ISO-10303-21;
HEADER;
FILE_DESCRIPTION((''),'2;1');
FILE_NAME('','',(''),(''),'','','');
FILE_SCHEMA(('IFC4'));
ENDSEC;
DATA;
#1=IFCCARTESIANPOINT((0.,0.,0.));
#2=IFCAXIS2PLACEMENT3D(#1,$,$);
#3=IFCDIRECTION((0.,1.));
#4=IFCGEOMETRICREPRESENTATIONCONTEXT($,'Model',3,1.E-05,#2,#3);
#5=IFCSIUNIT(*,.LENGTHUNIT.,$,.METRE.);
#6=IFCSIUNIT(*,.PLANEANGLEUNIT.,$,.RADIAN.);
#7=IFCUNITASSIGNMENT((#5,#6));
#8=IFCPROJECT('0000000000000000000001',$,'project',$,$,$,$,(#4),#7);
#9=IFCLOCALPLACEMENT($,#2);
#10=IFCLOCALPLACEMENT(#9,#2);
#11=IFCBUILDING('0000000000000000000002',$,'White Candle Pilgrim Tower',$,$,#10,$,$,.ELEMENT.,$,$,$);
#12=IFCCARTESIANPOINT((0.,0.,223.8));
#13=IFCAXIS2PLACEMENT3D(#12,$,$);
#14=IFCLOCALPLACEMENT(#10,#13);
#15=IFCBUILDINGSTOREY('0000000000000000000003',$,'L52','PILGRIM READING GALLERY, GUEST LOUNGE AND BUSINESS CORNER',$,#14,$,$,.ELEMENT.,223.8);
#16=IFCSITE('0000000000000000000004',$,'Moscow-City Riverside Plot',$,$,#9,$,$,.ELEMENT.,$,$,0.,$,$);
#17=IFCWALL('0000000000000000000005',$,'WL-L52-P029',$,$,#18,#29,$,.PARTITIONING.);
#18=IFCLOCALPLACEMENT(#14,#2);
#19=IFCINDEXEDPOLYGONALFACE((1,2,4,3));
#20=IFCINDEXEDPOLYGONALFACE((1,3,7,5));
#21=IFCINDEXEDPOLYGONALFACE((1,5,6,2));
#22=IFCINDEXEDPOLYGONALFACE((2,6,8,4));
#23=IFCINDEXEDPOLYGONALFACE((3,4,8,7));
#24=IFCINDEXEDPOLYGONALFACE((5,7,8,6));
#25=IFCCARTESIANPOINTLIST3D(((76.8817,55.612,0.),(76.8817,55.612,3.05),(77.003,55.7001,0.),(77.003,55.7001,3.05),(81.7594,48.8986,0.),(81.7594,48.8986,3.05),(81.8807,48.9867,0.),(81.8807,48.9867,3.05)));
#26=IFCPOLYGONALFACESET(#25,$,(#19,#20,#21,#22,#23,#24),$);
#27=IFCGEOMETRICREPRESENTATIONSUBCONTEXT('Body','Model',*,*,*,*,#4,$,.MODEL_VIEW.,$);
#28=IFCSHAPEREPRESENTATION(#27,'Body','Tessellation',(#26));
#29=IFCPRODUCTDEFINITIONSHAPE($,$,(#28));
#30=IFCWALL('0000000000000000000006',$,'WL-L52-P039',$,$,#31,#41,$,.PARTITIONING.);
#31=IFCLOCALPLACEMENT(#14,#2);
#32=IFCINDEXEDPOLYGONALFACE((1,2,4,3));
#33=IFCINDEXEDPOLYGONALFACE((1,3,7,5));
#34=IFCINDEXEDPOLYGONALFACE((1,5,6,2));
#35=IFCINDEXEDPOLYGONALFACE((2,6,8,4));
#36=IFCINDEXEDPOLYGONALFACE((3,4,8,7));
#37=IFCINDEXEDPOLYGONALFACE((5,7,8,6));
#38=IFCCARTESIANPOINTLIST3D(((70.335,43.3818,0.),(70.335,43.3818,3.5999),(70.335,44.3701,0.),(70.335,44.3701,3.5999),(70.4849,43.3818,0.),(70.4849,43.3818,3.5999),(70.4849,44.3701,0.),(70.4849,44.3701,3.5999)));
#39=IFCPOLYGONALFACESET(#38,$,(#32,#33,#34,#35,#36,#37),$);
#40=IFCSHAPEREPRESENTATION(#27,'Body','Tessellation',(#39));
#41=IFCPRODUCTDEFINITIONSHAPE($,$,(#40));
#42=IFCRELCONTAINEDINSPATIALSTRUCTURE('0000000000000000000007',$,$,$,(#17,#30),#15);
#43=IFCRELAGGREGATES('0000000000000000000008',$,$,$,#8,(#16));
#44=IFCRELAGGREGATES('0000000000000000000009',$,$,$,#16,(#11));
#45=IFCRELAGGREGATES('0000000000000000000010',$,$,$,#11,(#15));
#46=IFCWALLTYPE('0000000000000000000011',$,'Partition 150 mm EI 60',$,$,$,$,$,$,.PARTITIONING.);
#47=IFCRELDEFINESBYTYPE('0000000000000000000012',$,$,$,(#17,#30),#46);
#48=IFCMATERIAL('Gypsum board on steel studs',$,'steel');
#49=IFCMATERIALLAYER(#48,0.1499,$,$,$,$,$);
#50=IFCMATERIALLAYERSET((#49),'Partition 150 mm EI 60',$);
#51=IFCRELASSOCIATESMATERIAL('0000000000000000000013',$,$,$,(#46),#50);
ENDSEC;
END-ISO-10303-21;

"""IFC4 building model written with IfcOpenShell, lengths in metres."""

from ifc_helpers import new_model, si_unit, direction, frame, frame_2d, origin, place, context, subcontext, project, spatial, rectangle, extrude, material, layer, layer_set, type_object, element, save


model = new_model("IFC4")

# Units and contexts
model_context = context("Model", 3, precision=1e-05, world=origin(), true_north=direction((0.0, 1.0)))
body_context = subcontext(model_context, "Body", "Model", "MODEL_VIEW")
ifc_project = project(units=[si_unit("LENGTHUNIT", "METRE"), si_unit("PLANEANGLEUNIT", "RADIAN")], contexts=[model_context])

# Site, building, storey
site_placement = place(None, origin())
site = spatial("IfcSite", under=ifc_project, at=site_placement, Name="Moscow-City Riverside Plot", CompositionType="ELEMENT", RefElevation=0.0)
building_placement = place(site_placement, origin())
building = spatial("IfcBuilding", under=site, at=building_placement, Name="White Candle Pilgrim Tower", CompositionType="ELEMENT")
storey_placement = place(building_placement, frame((0.0, 0.0, 223.8)))
storey = spatial("IfcBuildingStorey", under=building, at=storey_placement, Name="L52", Description="PILGRIM READING GALLERY, GUEST LOUNGE AND BUSINESS CORNER", CompositionType="ELEMENT", Elevation=223.8)

# Shared definitions
ifc_material_1 = material(Name="Gypsum board on steel studs", Category="steel")

# Walls
ifc_layer_1 = layer(ifc_material_1, 0.1499)
ifc_layer_set_1 = layer_set([ifc_layer_1], Name="Partition 150 mm EI 60")
wall_type_1 = type_object("IfcWallType", Name="Partition 150 mm EI 60", PredefinedType="PARTITIONING", material=ifc_layer_set_1)
wall_1_placement = place(storey_placement, frame((81.8201, 48.9426, 0.0), z_axis=(0.0, 0.0, 1.0), x_axis=(-0.587796, 0.80901, 0.0)))
element("IfcWall", 1, at=wall_1_placement, inside=storey, type_object=wall_type_1, Name="WL-L52-P029", PredefinedType="PARTITIONING", context=body_context, shape_type="SweptSolid", body=[
    extrude(rectangle(XDim=8.2983, YDim=0.1499, at=frame_2d((4.1492, 0.0))), origin(), (0.0, 0.0, 1.0), 3.05),
])
wall_2_placement = place(storey_placement, frame((70.4099, 44.3701, 0.0), z_axis=(0.0, 0.0, 1.0), x_axis=(0.0, -1.0, 0.0)))
element("IfcWall", 2, at=wall_2_placement, inside=storey, type_object=wall_type_1, Name="WL-L52-P039", PredefinedType="PARTITIONING", context=body_context, shape_type="SweptSolid", body=[
    extrude(rectangle(XDim=0.9883, YDim=0.1499, at=frame_2d((0.4941, 0.0))), origin(), (0.0, 0.0, 1.0), 3.5999),
])

save(model, "model.ifc")
